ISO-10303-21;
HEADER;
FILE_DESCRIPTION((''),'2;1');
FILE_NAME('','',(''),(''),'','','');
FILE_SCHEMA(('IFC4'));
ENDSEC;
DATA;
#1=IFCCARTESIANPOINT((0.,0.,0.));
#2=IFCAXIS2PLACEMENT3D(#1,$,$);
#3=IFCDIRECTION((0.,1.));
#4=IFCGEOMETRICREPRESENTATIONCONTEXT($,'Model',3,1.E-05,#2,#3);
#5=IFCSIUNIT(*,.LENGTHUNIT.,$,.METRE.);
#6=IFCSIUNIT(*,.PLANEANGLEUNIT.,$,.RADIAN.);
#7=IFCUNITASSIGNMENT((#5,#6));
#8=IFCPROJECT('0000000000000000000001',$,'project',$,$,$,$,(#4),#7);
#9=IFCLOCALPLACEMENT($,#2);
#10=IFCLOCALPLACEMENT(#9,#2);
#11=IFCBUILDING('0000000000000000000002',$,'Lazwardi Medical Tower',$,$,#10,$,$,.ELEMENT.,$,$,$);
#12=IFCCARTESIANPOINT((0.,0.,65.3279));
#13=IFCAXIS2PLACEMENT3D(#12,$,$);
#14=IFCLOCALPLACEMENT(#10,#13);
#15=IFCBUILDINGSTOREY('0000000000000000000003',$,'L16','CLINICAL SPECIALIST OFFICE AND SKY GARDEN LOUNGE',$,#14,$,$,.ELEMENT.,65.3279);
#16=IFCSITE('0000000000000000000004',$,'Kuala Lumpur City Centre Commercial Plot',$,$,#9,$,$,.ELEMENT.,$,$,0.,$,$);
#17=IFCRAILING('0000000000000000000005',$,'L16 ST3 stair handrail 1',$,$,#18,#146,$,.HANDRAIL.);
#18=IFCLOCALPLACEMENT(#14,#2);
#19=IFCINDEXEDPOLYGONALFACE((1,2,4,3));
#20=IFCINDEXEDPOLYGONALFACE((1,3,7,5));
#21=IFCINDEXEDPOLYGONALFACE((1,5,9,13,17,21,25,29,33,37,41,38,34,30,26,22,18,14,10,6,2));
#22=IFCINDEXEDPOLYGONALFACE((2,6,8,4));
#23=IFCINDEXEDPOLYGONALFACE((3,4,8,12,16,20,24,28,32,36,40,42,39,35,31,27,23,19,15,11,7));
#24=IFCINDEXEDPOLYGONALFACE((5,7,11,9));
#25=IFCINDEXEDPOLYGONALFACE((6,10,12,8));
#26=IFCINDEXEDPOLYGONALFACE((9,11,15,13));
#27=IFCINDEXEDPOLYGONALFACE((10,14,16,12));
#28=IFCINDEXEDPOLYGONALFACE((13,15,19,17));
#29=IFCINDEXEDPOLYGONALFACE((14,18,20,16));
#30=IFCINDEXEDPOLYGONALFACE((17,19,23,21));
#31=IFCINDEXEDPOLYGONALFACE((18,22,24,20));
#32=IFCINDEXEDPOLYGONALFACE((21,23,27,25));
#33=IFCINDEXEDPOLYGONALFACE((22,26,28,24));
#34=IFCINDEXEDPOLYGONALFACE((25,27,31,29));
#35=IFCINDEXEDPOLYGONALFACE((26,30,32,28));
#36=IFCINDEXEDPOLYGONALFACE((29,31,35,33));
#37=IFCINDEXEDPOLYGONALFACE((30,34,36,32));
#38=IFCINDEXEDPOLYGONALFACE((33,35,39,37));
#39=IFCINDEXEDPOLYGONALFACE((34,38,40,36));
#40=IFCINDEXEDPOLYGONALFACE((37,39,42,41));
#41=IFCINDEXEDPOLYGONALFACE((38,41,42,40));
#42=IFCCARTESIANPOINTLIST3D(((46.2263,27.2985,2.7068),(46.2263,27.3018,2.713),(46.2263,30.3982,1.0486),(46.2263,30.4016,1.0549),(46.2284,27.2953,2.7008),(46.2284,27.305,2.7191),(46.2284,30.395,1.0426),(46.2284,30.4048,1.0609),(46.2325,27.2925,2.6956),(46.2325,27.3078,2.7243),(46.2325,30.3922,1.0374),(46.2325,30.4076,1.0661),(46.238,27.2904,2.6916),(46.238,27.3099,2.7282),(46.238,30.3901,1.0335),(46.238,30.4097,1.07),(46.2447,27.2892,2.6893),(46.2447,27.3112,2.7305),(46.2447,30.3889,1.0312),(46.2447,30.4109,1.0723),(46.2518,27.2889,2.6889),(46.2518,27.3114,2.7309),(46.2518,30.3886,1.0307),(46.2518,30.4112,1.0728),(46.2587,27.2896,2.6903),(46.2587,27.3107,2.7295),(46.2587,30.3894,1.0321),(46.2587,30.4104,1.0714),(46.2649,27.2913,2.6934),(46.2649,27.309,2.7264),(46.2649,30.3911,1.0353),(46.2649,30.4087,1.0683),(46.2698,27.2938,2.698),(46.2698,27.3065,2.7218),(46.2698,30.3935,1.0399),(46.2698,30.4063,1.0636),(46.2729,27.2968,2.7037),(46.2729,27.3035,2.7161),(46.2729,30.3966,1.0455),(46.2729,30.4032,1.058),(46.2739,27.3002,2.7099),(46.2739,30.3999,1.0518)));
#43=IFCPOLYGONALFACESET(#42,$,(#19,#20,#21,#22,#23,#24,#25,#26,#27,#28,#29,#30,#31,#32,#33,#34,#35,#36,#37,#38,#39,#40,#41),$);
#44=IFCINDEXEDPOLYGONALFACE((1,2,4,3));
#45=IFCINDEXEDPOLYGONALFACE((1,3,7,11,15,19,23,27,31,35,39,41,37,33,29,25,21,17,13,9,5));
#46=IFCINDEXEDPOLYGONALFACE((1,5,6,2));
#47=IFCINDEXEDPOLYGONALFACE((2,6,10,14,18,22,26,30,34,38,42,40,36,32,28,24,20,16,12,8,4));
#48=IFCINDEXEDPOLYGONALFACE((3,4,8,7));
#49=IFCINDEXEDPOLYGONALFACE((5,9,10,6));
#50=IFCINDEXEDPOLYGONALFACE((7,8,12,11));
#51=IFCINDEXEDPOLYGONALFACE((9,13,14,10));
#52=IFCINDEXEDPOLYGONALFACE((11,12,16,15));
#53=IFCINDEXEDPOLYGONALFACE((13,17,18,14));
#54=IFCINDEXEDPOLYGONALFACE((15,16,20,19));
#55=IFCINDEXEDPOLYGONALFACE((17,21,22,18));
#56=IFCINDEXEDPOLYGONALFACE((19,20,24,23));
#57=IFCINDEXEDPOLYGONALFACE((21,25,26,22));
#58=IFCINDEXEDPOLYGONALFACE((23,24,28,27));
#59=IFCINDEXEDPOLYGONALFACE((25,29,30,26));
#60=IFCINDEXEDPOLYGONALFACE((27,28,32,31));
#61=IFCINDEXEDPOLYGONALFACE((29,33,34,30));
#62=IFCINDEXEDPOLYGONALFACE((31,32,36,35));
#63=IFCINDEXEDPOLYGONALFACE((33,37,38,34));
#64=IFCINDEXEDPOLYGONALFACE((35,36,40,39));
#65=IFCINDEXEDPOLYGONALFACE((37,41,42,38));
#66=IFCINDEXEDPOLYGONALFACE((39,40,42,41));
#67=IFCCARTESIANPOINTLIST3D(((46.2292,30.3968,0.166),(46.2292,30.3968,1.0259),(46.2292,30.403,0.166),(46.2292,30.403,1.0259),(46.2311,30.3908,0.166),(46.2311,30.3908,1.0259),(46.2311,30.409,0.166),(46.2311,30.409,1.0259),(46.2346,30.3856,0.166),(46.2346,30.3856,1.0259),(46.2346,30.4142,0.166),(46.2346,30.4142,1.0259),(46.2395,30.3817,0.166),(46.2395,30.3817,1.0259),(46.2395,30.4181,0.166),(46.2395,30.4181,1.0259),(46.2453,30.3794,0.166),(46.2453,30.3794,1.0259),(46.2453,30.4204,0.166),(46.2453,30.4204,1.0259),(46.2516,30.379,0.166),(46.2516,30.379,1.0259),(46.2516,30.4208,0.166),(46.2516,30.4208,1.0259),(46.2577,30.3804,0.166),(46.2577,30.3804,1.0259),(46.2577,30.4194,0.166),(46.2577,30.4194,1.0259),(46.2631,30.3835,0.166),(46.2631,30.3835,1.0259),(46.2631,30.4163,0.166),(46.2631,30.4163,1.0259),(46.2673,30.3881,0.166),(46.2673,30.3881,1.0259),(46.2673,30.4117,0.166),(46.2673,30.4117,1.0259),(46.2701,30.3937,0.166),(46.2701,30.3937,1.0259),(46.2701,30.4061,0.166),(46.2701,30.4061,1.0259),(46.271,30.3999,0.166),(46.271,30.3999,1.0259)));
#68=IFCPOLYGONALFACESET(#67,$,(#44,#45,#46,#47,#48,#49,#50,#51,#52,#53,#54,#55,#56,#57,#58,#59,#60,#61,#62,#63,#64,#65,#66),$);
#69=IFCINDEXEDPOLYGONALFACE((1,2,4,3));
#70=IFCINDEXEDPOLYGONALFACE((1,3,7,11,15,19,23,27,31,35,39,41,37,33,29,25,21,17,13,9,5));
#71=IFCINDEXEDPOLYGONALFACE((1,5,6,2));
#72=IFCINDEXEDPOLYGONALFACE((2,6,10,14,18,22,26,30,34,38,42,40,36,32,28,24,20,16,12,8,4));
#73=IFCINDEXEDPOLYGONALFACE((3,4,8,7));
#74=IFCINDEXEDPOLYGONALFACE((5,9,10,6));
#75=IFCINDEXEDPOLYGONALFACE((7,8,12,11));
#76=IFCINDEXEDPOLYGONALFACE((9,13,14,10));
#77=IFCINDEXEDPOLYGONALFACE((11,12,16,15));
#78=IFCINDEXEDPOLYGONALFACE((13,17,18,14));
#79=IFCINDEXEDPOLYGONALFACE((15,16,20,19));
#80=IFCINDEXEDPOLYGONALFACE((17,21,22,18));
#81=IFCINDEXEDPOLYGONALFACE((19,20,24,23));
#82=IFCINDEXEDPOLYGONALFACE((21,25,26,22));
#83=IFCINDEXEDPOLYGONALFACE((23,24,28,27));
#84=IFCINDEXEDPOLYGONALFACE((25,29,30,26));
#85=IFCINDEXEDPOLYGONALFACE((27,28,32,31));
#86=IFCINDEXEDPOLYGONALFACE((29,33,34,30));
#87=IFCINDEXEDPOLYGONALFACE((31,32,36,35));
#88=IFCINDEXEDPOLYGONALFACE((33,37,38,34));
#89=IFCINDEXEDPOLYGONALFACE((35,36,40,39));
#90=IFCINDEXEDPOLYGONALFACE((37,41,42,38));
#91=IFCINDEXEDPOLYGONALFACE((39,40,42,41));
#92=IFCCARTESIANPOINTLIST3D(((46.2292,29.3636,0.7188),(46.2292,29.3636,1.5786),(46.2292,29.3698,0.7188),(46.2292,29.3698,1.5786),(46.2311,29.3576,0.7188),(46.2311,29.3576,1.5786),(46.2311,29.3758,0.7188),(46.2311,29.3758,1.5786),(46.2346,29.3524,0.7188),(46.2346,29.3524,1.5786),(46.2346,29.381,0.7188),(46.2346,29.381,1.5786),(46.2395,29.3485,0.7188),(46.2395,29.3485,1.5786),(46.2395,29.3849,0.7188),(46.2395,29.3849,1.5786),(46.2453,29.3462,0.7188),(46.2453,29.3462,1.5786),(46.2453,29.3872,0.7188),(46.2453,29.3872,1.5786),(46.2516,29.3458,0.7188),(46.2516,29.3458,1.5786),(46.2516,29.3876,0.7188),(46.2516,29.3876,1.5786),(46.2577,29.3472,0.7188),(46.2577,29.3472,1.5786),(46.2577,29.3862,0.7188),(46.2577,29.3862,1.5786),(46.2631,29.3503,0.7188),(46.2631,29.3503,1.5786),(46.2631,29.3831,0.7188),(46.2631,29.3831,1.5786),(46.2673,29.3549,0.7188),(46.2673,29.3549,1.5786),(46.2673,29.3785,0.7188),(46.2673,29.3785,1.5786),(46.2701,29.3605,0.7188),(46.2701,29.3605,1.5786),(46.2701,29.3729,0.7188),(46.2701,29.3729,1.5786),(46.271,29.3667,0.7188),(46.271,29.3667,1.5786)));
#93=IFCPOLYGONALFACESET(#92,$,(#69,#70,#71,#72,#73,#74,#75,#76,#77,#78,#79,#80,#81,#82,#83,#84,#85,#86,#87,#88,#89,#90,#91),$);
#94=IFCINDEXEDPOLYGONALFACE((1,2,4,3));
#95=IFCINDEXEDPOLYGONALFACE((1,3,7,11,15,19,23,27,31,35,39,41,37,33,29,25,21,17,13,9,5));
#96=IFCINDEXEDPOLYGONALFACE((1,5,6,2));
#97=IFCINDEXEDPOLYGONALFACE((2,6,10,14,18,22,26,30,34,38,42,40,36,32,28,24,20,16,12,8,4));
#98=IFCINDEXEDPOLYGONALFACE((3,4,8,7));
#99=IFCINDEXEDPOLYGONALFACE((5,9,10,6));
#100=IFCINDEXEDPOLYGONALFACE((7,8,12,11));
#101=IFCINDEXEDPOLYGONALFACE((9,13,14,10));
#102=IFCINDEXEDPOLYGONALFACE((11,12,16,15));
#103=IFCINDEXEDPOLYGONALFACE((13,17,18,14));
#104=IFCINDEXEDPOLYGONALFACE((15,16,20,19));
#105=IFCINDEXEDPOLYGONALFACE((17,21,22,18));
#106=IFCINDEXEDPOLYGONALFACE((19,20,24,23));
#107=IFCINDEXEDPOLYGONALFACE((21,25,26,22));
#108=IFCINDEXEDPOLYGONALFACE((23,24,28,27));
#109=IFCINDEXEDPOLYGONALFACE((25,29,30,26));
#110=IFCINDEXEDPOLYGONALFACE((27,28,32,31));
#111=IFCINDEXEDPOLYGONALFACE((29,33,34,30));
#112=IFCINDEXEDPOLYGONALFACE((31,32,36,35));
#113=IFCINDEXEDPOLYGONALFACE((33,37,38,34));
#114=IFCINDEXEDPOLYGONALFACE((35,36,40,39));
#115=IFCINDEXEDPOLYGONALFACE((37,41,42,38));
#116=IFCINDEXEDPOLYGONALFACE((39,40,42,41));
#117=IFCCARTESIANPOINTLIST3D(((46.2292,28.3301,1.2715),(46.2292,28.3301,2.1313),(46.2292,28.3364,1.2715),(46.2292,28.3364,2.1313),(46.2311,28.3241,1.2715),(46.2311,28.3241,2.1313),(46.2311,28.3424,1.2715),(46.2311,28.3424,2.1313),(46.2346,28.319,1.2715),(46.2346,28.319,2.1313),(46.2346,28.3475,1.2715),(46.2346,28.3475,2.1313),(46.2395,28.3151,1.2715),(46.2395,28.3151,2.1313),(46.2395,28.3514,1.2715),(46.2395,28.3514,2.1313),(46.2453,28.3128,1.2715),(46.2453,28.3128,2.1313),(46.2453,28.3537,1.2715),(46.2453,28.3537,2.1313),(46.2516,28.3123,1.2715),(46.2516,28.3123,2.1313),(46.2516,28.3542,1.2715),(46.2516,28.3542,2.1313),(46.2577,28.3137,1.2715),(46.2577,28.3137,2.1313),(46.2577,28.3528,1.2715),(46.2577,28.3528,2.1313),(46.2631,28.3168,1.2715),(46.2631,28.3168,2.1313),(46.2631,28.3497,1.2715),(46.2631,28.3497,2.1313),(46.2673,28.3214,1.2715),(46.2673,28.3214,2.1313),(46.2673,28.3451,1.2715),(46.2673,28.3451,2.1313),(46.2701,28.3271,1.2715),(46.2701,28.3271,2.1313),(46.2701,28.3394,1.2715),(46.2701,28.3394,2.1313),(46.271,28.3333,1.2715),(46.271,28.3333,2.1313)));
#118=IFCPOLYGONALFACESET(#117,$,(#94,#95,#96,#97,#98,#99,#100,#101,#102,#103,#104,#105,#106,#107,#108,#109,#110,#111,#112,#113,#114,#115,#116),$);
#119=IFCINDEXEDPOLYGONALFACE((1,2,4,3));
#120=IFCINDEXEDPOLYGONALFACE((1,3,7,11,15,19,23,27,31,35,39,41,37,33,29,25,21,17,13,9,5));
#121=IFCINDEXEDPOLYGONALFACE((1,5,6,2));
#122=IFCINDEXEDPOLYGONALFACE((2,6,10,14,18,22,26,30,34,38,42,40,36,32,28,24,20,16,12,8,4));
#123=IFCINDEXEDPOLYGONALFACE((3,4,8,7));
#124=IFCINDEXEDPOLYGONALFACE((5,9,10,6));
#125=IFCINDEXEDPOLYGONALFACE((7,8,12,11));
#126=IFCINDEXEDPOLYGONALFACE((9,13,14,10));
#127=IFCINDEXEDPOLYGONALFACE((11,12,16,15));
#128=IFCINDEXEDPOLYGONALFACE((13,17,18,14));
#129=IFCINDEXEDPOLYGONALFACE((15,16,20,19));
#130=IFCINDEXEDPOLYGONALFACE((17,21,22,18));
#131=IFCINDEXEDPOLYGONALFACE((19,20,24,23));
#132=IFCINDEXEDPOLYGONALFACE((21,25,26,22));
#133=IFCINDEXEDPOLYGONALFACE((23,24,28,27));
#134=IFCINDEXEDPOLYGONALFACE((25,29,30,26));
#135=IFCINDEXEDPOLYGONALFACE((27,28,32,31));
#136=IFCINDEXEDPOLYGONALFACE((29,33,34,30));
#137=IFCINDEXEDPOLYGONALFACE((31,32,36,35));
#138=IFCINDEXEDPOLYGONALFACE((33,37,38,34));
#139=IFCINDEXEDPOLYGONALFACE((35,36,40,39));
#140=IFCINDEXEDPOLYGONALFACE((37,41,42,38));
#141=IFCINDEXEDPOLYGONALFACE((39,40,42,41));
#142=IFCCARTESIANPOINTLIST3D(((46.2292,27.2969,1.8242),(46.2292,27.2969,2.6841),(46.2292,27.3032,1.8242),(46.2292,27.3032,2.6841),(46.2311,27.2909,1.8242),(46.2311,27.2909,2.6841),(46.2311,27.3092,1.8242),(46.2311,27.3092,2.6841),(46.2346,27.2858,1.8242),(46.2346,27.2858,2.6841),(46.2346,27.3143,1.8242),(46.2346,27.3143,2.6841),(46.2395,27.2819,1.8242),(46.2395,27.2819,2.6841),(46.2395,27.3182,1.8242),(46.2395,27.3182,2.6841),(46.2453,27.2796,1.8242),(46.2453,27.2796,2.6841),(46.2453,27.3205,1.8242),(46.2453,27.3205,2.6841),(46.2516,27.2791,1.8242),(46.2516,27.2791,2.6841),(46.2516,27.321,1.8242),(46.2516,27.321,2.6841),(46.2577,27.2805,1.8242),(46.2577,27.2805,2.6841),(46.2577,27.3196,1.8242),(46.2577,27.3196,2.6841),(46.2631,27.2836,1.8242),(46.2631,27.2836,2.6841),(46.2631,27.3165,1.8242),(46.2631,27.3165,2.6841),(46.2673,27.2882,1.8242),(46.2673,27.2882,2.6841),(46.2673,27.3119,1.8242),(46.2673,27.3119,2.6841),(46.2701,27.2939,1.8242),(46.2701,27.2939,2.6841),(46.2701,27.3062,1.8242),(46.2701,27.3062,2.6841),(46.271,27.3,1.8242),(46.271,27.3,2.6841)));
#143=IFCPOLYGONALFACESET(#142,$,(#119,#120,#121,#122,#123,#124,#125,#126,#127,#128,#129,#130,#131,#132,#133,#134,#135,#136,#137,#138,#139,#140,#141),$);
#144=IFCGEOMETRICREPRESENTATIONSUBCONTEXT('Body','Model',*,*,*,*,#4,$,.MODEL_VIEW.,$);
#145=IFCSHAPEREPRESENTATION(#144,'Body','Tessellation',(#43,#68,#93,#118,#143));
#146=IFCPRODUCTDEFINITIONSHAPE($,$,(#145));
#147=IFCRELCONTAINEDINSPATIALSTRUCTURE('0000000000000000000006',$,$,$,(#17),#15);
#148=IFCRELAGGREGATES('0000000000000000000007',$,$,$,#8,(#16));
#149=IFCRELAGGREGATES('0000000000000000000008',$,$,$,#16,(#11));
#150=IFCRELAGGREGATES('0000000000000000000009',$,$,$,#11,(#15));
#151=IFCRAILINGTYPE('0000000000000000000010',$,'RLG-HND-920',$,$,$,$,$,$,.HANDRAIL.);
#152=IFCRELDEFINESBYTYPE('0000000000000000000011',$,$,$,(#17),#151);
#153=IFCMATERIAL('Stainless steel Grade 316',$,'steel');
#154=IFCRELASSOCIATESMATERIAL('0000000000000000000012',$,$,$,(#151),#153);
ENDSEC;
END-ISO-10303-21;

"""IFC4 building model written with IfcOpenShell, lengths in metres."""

from ifc_helpers import new_model, si_unit, direction, frame, origin, origin_2d, place, context, subcontext, project, spatial, circle, extrude, material, type_object, element, save


model = new_model("IFC4")

# Units and contexts
model_context = context("Model", 3, precision=1e-05, world=origin(), true_north=direction((0.0, 1.0)))
body_context = subcontext(model_context, "Body", "Model", "MODEL_VIEW")
ifc_project = project(units=[si_unit("LENGTHUNIT", "METRE"), si_unit("PLANEANGLEUNIT", "RADIAN")], contexts=[model_context])

# Site, building, storey
site_placement = place(None, origin())
site = spatial("IfcSite", under=ifc_project, at=site_placement, Name="Kuala Lumpur City Centre Commercial Plot", CompositionType="ELEMENT", RefElevation=0.0)
building_placement = place(site_placement, origin())
building = spatial("IfcBuilding", under=site, at=building_placement, Name="Lazwardi Medical Tower", CompositionType="ELEMENT")
storey_placement = place(building_placement, frame((0.0, 0.0, 65.3279)))
storey = spatial("IfcBuildingStorey", under=building, at=storey_placement, Name="L16", Description="CLINICAL SPECIALIST OFFICE AND SKY GARDEN LOUNGE", CompositionType="ELEMENT", Elevation=65.3279)

# Railing
ifc_material_1 = material(Name="Stainless steel Grade 316", Category="steel")
railing_type_1 = type_object("IfcRailingType", Name="RLG-HND-920", PredefinedType="HANDRAIL", material=ifc_material_1)
railing_1_placement = place(storey_placement, frame((46.25, 30.3999, 0.166)))
element("IfcRailing", 1, at=railing_1_placement, inside=storey, type_object=railing_type_1, Name="L16 ST3 stair handrail 1", PredefinedType="HANDRAIL", context=body_context, shape_type="SweptSolid", body=[
    extrude(circle(Radius=0.0239, at=origin_2d()), frame((0.0, 0.0, 0.8857), z_axis=(0.0, -0.881768, 0.471684), x_axis=(1.0, 0.0, 0.0)), (0.0, 0.0, 1.0), 3.5154),
    extrude(circle(Radius=0.021, at=origin_2d()), origin(), (0.0, 0.0, 1.0), 0.8599),
    extrude(circle(Radius=0.021, at=origin_2d()), frame((0.0, -1.0332, 0.5527)), (0.0, 0.0, 1.0), 0.8599),
    extrude(circle(Radius=0.021, at=origin_2d()), frame((0.0, -2.0667, 1.1055)), (0.0, 0.0, 1.0), 0.8599),
    extrude(circle(Radius=0.021, at=origin_2d()), frame((0.0, -3.0999, 1.6582)), (0.0, 0.0, 1.0), 0.8599),
])

save(model, "model.ifc")
